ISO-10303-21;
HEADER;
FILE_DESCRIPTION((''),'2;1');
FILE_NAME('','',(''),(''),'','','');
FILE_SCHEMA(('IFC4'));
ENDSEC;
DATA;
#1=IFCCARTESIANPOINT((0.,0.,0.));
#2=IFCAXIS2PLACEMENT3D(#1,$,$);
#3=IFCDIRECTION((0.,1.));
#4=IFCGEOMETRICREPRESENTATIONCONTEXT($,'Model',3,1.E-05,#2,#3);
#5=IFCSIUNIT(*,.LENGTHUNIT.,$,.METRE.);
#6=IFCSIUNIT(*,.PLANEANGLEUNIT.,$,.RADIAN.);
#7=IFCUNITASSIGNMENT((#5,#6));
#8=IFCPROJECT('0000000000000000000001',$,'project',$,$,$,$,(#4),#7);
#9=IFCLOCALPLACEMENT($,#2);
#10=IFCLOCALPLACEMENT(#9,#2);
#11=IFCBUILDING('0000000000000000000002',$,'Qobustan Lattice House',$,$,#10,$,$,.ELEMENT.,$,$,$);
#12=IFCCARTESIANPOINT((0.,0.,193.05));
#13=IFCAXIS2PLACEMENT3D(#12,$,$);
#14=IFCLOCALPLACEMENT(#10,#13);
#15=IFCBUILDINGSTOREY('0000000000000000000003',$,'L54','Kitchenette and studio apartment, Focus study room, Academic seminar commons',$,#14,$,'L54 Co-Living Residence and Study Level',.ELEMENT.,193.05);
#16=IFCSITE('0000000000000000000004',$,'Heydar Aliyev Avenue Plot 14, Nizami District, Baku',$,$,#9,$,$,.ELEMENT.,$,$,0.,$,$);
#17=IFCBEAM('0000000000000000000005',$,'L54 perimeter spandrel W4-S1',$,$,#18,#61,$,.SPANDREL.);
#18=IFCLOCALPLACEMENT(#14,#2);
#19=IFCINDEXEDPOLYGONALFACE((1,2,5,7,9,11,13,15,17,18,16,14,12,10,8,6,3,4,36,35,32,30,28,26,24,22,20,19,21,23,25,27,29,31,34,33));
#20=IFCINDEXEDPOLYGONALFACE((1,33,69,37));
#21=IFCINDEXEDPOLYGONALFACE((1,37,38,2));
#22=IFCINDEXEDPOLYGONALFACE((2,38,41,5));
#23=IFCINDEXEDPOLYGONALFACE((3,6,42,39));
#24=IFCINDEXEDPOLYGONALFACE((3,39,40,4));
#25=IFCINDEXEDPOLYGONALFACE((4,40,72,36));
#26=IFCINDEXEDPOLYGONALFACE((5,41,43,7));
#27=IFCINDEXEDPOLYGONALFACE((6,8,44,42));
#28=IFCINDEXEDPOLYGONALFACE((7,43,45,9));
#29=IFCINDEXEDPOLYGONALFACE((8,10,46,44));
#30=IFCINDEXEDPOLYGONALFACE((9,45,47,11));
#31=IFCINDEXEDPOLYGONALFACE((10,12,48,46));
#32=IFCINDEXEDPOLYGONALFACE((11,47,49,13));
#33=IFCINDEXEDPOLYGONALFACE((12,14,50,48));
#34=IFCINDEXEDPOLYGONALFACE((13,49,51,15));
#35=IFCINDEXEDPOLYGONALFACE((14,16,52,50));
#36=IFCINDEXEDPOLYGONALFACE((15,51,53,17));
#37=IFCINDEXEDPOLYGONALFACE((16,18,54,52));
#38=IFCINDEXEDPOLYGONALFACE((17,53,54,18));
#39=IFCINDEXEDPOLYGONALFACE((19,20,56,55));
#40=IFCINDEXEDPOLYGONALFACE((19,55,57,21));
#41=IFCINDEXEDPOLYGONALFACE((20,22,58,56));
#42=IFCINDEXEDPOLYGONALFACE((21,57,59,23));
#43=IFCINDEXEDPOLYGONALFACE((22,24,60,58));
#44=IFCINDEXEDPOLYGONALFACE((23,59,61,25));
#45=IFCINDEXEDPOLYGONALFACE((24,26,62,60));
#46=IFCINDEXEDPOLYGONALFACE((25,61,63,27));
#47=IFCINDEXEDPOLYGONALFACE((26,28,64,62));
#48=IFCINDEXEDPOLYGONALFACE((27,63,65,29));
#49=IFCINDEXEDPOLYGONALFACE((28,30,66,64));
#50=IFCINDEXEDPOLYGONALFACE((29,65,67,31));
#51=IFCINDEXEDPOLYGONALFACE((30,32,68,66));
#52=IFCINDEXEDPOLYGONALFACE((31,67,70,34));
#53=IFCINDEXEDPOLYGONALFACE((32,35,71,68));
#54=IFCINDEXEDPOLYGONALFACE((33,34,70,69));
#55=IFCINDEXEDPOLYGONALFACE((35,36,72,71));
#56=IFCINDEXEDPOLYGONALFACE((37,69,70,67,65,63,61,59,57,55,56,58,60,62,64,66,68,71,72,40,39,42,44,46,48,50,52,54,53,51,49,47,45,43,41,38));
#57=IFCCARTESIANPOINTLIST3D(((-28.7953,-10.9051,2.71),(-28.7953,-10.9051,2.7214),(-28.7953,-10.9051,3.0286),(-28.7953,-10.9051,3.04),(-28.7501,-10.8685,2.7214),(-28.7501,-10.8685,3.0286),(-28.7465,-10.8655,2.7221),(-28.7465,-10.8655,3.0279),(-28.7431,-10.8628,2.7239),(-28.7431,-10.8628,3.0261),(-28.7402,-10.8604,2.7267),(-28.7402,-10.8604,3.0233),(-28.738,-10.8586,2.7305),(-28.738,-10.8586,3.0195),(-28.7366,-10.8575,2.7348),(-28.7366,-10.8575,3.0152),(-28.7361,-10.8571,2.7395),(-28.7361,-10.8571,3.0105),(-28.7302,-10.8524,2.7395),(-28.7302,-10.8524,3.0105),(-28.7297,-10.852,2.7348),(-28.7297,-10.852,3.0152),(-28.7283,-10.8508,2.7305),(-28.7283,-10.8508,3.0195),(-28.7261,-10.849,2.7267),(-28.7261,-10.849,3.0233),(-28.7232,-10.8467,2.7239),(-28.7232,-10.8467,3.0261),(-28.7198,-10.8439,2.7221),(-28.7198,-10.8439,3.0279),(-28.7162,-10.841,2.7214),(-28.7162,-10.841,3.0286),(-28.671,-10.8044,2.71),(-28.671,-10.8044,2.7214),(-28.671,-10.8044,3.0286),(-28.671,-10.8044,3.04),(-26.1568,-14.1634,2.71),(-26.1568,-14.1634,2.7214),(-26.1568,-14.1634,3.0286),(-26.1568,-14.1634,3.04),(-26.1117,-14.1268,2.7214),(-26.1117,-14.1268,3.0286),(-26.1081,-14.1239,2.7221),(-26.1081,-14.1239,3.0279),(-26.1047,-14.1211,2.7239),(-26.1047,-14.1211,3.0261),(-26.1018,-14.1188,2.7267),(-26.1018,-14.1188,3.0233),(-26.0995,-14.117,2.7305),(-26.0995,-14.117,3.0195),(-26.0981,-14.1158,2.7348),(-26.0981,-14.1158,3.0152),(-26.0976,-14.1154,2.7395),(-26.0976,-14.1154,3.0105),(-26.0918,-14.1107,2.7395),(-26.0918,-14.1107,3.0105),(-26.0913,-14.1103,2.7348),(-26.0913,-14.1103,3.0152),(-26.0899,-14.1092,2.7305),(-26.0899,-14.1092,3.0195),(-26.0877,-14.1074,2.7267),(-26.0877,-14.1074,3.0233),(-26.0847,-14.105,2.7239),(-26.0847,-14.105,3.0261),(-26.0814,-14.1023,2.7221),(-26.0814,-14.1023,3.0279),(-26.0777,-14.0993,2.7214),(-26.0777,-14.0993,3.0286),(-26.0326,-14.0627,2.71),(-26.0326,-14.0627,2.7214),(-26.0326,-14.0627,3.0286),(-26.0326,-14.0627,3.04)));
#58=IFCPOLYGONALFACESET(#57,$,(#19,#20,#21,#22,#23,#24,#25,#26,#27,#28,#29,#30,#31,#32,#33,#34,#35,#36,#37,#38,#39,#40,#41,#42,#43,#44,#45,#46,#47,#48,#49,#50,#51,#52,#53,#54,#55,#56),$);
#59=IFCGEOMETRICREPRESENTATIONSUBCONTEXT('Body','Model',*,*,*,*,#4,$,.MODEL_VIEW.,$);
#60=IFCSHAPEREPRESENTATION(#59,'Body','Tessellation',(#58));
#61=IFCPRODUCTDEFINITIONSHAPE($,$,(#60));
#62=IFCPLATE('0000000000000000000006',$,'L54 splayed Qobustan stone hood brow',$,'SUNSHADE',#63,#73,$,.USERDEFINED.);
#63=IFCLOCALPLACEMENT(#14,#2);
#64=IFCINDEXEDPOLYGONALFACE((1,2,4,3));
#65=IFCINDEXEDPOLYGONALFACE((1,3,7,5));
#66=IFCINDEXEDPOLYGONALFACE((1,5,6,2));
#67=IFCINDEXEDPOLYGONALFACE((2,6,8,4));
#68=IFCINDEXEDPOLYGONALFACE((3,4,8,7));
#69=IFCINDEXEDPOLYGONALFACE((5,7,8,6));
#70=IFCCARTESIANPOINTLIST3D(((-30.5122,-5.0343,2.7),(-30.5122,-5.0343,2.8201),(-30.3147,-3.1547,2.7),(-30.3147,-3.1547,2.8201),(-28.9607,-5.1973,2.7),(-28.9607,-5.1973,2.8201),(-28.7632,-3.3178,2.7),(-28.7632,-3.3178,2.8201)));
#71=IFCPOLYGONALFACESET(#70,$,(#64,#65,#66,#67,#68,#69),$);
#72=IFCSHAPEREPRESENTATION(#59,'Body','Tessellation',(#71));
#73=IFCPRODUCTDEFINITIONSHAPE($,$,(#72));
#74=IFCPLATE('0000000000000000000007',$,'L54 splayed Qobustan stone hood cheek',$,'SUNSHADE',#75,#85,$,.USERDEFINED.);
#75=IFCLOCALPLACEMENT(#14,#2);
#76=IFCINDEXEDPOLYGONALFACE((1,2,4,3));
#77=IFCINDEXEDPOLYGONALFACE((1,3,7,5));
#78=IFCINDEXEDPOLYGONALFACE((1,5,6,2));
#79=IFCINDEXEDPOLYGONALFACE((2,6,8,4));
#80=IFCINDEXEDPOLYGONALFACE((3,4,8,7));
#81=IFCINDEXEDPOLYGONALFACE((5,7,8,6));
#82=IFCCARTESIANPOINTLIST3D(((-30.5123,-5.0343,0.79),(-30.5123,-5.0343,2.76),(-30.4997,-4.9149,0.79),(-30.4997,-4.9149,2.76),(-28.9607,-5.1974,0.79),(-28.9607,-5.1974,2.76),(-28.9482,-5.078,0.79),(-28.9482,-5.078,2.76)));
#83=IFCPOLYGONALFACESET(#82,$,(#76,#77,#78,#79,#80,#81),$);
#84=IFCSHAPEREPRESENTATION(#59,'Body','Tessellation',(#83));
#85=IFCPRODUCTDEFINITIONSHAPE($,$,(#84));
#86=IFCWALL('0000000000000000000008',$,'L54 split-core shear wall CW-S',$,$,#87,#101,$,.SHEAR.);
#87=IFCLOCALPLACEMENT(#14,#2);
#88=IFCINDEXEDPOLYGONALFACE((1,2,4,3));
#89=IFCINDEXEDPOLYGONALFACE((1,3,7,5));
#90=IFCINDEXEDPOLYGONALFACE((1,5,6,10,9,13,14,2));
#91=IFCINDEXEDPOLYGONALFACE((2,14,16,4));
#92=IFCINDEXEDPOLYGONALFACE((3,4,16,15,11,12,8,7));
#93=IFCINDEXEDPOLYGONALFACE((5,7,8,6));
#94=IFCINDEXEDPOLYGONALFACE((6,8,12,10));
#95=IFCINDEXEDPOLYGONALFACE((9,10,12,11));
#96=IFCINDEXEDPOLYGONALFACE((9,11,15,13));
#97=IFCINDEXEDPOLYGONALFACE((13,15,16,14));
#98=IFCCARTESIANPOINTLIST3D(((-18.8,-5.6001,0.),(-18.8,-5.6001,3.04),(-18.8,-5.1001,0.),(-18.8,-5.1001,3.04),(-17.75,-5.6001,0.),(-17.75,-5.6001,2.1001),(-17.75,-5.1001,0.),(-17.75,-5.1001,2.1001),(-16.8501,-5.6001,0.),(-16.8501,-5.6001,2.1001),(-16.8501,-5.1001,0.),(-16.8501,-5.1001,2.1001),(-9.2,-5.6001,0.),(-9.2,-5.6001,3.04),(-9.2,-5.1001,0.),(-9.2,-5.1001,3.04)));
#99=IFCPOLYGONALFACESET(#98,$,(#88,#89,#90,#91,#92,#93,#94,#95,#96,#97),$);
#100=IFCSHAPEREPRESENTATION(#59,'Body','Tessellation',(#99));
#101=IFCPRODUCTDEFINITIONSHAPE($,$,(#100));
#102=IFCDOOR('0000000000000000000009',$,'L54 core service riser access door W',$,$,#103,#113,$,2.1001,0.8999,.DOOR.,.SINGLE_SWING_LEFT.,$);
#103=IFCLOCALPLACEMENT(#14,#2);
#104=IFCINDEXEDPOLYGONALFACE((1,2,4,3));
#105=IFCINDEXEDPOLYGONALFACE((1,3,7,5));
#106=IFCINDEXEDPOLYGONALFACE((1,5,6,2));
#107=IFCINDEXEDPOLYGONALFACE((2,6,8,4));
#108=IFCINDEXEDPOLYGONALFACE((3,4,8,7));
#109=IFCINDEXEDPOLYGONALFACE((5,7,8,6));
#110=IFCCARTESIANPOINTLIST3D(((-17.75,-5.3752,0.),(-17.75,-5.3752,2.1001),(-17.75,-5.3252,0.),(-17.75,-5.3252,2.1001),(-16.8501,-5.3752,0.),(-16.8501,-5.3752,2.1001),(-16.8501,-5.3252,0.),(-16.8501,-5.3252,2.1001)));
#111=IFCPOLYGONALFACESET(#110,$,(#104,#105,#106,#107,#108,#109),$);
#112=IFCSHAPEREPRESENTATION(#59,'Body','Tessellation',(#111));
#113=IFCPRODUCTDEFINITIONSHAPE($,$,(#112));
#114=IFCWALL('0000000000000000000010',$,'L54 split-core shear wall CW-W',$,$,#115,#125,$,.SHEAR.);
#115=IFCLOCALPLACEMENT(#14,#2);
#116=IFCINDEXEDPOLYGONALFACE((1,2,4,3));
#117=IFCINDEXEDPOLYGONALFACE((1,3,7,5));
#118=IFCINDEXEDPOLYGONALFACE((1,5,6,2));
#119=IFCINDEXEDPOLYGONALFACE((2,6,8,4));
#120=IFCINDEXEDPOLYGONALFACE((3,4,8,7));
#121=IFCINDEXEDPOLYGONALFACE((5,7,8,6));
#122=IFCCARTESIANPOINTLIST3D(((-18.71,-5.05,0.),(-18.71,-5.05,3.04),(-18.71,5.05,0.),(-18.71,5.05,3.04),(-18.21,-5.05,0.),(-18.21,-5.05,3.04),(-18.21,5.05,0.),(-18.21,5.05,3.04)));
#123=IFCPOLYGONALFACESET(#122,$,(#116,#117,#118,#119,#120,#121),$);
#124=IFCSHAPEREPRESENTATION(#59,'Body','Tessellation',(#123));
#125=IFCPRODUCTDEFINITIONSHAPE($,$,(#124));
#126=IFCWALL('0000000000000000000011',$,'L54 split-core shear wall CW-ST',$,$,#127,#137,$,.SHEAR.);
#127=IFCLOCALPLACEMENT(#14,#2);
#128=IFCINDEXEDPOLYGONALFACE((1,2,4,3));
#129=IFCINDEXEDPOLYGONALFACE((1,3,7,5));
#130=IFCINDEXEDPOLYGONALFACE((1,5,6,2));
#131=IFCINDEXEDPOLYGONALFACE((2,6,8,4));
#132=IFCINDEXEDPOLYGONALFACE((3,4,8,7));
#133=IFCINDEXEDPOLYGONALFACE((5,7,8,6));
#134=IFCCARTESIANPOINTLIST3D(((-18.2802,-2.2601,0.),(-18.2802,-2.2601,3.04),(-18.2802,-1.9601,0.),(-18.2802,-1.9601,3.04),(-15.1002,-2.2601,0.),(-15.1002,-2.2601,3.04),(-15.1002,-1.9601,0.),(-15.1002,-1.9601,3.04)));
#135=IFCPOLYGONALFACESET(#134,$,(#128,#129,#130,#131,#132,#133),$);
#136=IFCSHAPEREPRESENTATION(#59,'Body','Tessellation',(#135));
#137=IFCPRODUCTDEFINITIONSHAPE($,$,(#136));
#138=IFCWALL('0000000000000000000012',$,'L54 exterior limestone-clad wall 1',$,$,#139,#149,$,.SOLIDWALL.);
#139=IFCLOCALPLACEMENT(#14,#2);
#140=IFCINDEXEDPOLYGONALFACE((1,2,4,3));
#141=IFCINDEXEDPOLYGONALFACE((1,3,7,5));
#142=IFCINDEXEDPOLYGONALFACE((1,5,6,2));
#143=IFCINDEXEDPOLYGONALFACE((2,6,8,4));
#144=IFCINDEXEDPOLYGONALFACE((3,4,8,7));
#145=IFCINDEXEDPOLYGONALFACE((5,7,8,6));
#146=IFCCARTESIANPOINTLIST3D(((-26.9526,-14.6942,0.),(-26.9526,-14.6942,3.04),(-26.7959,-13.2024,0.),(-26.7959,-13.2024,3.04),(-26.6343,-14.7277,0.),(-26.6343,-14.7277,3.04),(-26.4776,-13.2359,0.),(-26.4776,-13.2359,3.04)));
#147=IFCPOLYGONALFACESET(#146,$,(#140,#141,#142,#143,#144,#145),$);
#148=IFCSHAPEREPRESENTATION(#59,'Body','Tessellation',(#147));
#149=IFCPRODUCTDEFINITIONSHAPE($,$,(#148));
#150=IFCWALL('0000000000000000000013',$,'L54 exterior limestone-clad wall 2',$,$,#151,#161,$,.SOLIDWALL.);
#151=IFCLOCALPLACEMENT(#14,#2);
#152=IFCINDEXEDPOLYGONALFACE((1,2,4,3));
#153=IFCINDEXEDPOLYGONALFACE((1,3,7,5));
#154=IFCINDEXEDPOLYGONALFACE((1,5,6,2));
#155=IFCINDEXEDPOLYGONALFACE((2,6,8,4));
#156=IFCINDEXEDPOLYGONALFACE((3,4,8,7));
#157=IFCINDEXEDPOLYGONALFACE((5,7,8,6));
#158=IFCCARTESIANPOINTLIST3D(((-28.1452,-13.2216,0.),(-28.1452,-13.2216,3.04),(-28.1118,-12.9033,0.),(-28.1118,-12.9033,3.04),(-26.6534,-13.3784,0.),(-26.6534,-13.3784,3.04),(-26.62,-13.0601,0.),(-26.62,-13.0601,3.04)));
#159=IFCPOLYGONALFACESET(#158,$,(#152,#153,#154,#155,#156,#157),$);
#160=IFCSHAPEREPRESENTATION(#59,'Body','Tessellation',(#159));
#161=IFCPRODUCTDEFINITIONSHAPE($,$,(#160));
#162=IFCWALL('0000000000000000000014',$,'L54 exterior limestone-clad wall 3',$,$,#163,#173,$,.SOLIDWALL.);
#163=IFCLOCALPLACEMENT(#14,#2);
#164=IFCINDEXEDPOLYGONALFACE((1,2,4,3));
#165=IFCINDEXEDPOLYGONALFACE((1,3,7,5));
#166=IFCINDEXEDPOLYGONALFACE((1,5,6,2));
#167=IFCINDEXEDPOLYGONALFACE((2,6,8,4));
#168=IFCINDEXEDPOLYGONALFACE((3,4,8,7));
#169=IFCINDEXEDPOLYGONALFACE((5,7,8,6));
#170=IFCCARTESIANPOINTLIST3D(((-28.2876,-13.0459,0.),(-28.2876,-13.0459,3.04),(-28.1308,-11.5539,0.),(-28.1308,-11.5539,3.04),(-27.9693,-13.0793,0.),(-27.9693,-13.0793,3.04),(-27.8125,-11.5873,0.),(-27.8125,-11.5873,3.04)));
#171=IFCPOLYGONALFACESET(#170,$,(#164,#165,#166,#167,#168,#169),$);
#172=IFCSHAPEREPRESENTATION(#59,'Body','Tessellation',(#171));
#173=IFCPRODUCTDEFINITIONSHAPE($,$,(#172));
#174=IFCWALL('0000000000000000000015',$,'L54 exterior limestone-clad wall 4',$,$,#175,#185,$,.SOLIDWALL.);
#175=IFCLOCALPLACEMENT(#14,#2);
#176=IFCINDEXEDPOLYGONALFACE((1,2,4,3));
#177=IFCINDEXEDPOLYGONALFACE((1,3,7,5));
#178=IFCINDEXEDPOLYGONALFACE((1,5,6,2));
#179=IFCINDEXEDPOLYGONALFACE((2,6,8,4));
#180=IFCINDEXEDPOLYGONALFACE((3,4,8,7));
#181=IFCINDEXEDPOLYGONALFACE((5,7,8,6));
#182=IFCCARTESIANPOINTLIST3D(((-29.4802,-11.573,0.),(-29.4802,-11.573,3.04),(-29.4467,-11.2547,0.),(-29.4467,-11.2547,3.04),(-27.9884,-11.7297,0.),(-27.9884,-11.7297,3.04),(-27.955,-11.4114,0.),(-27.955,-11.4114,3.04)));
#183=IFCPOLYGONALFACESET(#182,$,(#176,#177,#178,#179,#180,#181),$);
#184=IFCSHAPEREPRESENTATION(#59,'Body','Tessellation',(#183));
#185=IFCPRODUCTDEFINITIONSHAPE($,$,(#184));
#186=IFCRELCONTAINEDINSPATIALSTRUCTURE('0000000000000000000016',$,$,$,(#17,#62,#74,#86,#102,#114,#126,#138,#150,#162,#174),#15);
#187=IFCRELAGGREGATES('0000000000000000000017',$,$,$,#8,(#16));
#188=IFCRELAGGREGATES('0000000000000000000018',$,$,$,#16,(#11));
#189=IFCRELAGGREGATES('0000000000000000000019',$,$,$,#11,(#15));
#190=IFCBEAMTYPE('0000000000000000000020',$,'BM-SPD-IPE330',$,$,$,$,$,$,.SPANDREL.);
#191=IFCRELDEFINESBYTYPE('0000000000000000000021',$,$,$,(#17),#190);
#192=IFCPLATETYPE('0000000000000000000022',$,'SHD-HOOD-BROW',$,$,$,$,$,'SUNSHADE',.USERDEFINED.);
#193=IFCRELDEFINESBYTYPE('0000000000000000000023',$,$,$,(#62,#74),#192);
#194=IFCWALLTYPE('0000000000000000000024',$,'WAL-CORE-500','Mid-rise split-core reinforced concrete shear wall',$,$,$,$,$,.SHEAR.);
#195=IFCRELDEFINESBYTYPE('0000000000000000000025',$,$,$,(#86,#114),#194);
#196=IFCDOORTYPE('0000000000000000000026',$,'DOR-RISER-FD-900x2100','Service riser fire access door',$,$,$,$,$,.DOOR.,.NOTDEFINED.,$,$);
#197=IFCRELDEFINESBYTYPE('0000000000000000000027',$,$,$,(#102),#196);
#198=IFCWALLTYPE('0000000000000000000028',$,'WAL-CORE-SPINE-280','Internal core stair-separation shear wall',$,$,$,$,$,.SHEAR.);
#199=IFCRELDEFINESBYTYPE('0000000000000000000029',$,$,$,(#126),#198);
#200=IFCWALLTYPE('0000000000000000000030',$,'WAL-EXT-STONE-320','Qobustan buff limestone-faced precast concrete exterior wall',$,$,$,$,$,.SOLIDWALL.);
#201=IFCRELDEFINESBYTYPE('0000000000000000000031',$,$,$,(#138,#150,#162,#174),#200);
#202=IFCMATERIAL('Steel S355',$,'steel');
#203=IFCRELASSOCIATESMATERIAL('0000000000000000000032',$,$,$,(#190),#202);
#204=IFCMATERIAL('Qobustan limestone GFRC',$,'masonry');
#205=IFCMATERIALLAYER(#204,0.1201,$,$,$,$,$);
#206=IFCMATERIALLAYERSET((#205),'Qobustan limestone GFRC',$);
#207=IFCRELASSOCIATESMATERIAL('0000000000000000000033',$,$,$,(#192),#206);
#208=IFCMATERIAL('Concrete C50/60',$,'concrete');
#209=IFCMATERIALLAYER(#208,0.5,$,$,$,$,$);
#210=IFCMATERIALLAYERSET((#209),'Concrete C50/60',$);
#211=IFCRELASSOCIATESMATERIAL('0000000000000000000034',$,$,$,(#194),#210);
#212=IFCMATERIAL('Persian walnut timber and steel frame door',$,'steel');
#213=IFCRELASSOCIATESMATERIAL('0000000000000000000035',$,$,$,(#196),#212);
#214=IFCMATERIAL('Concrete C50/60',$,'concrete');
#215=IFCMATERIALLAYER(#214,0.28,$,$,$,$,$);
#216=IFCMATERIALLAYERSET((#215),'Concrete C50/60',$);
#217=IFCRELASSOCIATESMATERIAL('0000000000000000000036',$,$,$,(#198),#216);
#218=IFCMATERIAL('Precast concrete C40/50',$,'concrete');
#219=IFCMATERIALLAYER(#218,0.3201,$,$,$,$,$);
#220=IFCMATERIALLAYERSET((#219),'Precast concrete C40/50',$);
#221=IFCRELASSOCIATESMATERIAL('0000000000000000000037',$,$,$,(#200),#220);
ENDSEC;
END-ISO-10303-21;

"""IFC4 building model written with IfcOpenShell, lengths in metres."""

from ifc_helpers import new_model, si_unit, direction, frame, frame_2d, origin, origin_2d, place, context, subcontext, project, spatial, rectangle, i_section, extrude, material, layer, layer_set, material_profile, profile_set, type_object, element, fill, save


model = new_model("IFC4")

# Units and contexts
model_context = context("Model", 3, precision=1e-05, world=origin(), true_north=direction((0.0, 1.0)))
body_context = subcontext(model_context, "Body", "Model", "MODEL_VIEW")
ifc_project = project(units=[si_unit("LENGTHUNIT", "METRE"), si_unit("PLANEANGLEUNIT", "RADIAN")], contexts=[model_context])

# Site, building, storey
site_placement = place(None, origin())
site = spatial("IfcSite", under=ifc_project, at=site_placement, Name="Heydar Aliyev Avenue Plot 14, Nizami District, Baku", CompositionType="ELEMENT", RefElevation=0.0)
building_placement = place(site_placement, origin())
building = spatial("IfcBuilding", under=site, at=building_placement, Name="Qobustan Lattice House", CompositionType="ELEMENT")
storey_placement = place(building_placement, frame((0.0, 0.0, 193.05)))
storey = spatial("IfcBuildingStorey", under=building, at=storey_placement, Name="L54", Description="Kitchenette and studio apartment, Focus study room, Academic seminar commons", LongName="L54 Co-Living Residence and Study Level", CompositionType="ELEMENT", Elevation=193.05)

# Beam
ifc_material_1 = material(Name="Steel S355", Category="steel")
ifc_material_profile_1 = material_profile(ifc_material_1, i_section(OverallWidth=0.1599, OverallDepth=0.3301, WebThickness=0.0076, FlangeThickness=0.0115, FilletRadius=0.0181, at=origin_2d()), Name="IPE330")
ifc_profile_set_1 = profile_set([ifc_material_profile_1], Name="Steel S355")
beam_type_1 = type_object("IfcBeamType", Name="BM-SPD-IPE330", PredefinedType="SPANDREL", material=ifc_profile_set_1)
beam_1_placement = place(storey_placement, frame((-28.7332, -10.8547, 2.875), z_axis=(0.629307, -0.777157, 0.0), x_axis=(0.777157, 0.629307, 0.0)))
element("IfcBeam", 1, at=beam_1_placement, inside=storey, type_object=beam_type_1, Name="L54 perimeter spandrel W4-S1", PredefinedType="SPANDREL", context=body_context, shape_type="SweptSolid", body=[
    extrude(i_section(OverallWidth=0.1599, OverallDepth=0.3301, WebThickness=0.0076, FlangeThickness=0.0115, FilletRadius=0.0181, at=origin_2d()), origin(), (0.0, 0.0, 1.0), 4.1926),
])

# Plates
ifc_material_2 = material(Name="Qobustan limestone GFRC", Category="masonry")
ifc_layer_1 = layer(ifc_material_2, 0.1201)
ifc_layer_set_1 = layer_set([ifc_layer_1], Name="Qobustan limestone GFRC")
plate_type = type_object("IfcPlateType", Name="SHD-HOOD-BROW", ElementType="SUNSHADE", PredefinedType="USERDEFINED", material=ifc_layer_set_1)
plate_1_placement = place(storey_placement, frame((-29.6377, -4.176, 2.7), z_axis=(0.0, 0.0, 1.0), x_axis=(0.104528, 0.994522, 0.0)))
element("IfcPlate", 2, at=plate_1_placement, inside=storey, type_object=plate_type, Name="L54 splayed Qobustan stone hood brow", ObjectType="SUNSHADE", PredefinedType="USERDEFINED", context=body_context, shape_type="SweptSolid", body=[
    extrude(rectangle(XDim=1.8899, YDim=1.5601, at=origin_2d()), origin(), (0.0, 0.0, 1.0), 0.1201),
])
plate_2_placement = place(storey_placement, frame((-29.7302, -5.0562, 0.79), z_axis=(0.0, 0.0, 1.0), x_axis=(0.104528, 0.994522, 0.0)))
element("IfcPlate", 3, at=plate_2_placement, inside=storey, type_object=plate_type, Name="L54 splayed Qobustan stone hood cheek", ObjectType="SUNSHADE", PredefinedType="USERDEFINED", context=body_context, shape_type="SweptSolid", body=[
    extrude(rectangle(XDim=0.1201, YDim=1.5601, at=origin_2d()), origin(), (0.0, 0.0, 1.0), 1.97),
])

# Wall, opening, door
ifc_material_3 = material(Name="Concrete C50/60", Category="concrete")
ifc_layer_2 = layer(ifc_material_3, 0.5)
ifc_layer_set_2 = layer_set([ifc_layer_2], Name="Concrete C50/60")
wall_type_1 = type_object("IfcWallType", Name="WAL-CORE-500", Description="Mid-rise split-core reinforced concrete shear wall", PredefinedType="SHEAR", material=ifc_layer_set_2)
wall_1_placement = place(storey_placement, frame((-18.8, -5.3501, 0.0), z_axis=(0.0, 0.0, 1.0), x_axis=(1.0, 0.0, 0.0)))
wall_1 = element("IfcWall", 4, at=wall_1_placement, inside=storey, type_object=wall_type_1, Name="L54 split-core shear wall CW-S", PredefinedType="SHEAR", context=body_context, shape_type="SweptSolid", body=[
    extrude(rectangle(XDim=9.6001, YDim=0.5, at=frame_2d((4.8, 0.0))), origin(), (0.0, 0.0, 1.0), 3.04),
])
opening_1_placement = place(wall_1_placement, frame((1.05, 0.0, 0.0)))
opening_1 = element("IfcOpeningElement", 5, at=opening_1_placement, cuts=wall_1, PredefinedType="OPENING", context=body_context, shape_type="SweptSolid", body=[
    extrude(rectangle(XDim=0.8999, YDim=2.1001, at=frame_2d((0.45, 1.05))), frame((0.0, 0.26, 0.0), z_axis=(0.0, -1.0, 0.0), x_axis=(1.0, 0.0, 0.0)), (0.0, 0.0, 1.0), 0.52),
])
ifc_material_4 = material(Name="Persian walnut timber and steel frame door", Category="steel")
door_type_1 = type_object("IfcDoorType", Name="DOR-RISER-FD-900x2100", Description="Service riser fire access door", OperationType="NOTDEFINED", PredefinedType="DOOR", material=ifc_material_4)
door_1_placement = place(opening_1_placement, origin())
door_1 = element("IfcDoor", 6, at=door_1_placement, inside=storey, type_object=door_type_1, Name="L54 core service riser access door W", OperationType="SINGLE_SWING_LEFT", OverallHeight=2.1001, OverallWidth=0.8999, PredefinedType="DOOR", context=body_context, shape_type="SweptSolid", body=[
    extrude(rectangle(XDim=0.8999, YDim=2.1001, at=frame_2d((0.45, 1.05))), frame((0.0, 0.0249, 0.0), z_axis=(0.0, -1.0, 0.0), x_axis=(1.0, 0.0, 0.0)), (0.0, 0.0, 1.0), 0.05),
])
fill(opening_1, door_1)

# Walls
wall_2_placement = place(storey_placement, frame((-18.46, -5.05, 0.0), z_axis=(0.0, 0.0, 1.0), x_axis=(0.0, 1.0, 0.0)))
element("IfcWall", 7, at=wall_2_placement, inside=storey, type_object=wall_type_1, Name="L54 split-core shear wall CW-W", PredefinedType="SHEAR", context=body_context, shape_type="SweptSolid", body=[
    extrude(rectangle(XDim=10.1001, YDim=0.5, at=frame_2d((5.05, 0.0))), origin(), (0.0, 0.0, 1.0), 3.04),
])
ifc_material_5 = material(Name="Concrete C50/60", Category="concrete")
ifc_layer_3 = layer(ifc_material_5, 0.28)
ifc_layer_set_3 = layer_set([ifc_layer_3], Name="Concrete C50/60")
wall_type_2 = type_object("IfcWallType", Name="WAL-CORE-SPINE-280", Description="Internal core stair-separation shear wall", PredefinedType="SHEAR", material=ifc_layer_set_3)
wall_3_placement = place(storey_placement, frame((-18.28, -2.1101, 0.0), z_axis=(0.0, 0.0, 1.0), x_axis=(1.0, 0.0, 0.0)))
element("IfcWall", 8, at=wall_3_placement, inside=storey, type_object=wall_type_2, Name="L54 split-core shear wall CW-ST", PredefinedType="SHEAR", context=body_context, shape_type="SweptSolid", body=[
    extrude(rectangle(XDim=3.1799, YDim=0.3, at=frame_2d((1.5898, 0.0))), origin(), (0.0, 0.0, 1.0), 3.04),
])
ifc_material_6 = material(Name="Precast concrete C40/50", Category="concrete")
ifc_layer_4 = layer(ifc_material_6, 0.3201)
ifc_layer_set_4 = layer_set([ifc_layer_4], Name="Precast concrete C40/50")
wall_type_3 = type_object("IfcWallType", Name="WAL-EXT-STONE-320", Description="Qobustan buff limestone-faced precast concrete exterior wall", PredefinedType="SOLIDWALL", material=ifc_layer_set_4)
for number, where, z_axis, x_axis, name in (
    (9, (-26.7935, -14.7109, 0.0), (0.0, 0.0, 1.0), (0.104498, 0.994525, 0.0), "L54 exterior limestone-clad wall 1"),
    (10, (-26.6367, -13.2192, 0.0), (0.0, 0.0, 1.0), (-0.994525, 0.104498, 0.0), "L54 exterior limestone-clad wall 2"),
):
    element("IfcWall", number, at=place(storey_placement, frame(where, z_axis=z_axis, x_axis=x_axis)), inside=storey, type_object=wall_type_3, Name=name, PredefinedType="SOLIDWALL", context=body_context, shape_type="SweptSolid", body=[
        extrude(rectangle(XDim=1.5, YDim=0.3201, at=frame_2d((0.75, 0.0))), origin(), (0.0, 0.0, 1.0), 3.04),
    ])
wall_4_placement = place(storey_placement, frame((-28.1284, -13.0625, 0.0), z_axis=(0.0, 0.0, 1.0), x_axis=(0.104481, 0.994527, 0.0)))
element("IfcWall", 11, at=wall_4_placement, inside=storey, type_object=wall_type_3, Name="L54 exterior limestone-clad wall 3", PredefinedType="SOLIDWALL", context=body_context, shape_type="SweptSolid", body=[
    extrude(rectangle(XDim=1.5002, YDim=0.3201, at=frame_2d((0.75, 0.0))), origin(), (0.0, 0.0, 1.0), 3.04),
])
wall_5_placement = place(storey_placement, frame((-27.9717, -11.5706, 0.0), z_axis=(0.0, 0.0, 1.0), x_axis=(-0.994525, 0.104498, 0.0)))
element("IfcWall", 12, at=wall_5_placement, inside=storey, type_object=wall_type_3, Name="L54 exterior limestone-clad wall 4", PredefinedType="SOLIDWALL", context=body_context, shape_type="SweptSolid", body=[
    extrude(rectangle(XDim=1.5, YDim=0.3201, at=frame_2d((0.75, 0.0))), origin(), (0.0, 0.0, 1.0), 3.04),
])

save(model, "model.ifc")
